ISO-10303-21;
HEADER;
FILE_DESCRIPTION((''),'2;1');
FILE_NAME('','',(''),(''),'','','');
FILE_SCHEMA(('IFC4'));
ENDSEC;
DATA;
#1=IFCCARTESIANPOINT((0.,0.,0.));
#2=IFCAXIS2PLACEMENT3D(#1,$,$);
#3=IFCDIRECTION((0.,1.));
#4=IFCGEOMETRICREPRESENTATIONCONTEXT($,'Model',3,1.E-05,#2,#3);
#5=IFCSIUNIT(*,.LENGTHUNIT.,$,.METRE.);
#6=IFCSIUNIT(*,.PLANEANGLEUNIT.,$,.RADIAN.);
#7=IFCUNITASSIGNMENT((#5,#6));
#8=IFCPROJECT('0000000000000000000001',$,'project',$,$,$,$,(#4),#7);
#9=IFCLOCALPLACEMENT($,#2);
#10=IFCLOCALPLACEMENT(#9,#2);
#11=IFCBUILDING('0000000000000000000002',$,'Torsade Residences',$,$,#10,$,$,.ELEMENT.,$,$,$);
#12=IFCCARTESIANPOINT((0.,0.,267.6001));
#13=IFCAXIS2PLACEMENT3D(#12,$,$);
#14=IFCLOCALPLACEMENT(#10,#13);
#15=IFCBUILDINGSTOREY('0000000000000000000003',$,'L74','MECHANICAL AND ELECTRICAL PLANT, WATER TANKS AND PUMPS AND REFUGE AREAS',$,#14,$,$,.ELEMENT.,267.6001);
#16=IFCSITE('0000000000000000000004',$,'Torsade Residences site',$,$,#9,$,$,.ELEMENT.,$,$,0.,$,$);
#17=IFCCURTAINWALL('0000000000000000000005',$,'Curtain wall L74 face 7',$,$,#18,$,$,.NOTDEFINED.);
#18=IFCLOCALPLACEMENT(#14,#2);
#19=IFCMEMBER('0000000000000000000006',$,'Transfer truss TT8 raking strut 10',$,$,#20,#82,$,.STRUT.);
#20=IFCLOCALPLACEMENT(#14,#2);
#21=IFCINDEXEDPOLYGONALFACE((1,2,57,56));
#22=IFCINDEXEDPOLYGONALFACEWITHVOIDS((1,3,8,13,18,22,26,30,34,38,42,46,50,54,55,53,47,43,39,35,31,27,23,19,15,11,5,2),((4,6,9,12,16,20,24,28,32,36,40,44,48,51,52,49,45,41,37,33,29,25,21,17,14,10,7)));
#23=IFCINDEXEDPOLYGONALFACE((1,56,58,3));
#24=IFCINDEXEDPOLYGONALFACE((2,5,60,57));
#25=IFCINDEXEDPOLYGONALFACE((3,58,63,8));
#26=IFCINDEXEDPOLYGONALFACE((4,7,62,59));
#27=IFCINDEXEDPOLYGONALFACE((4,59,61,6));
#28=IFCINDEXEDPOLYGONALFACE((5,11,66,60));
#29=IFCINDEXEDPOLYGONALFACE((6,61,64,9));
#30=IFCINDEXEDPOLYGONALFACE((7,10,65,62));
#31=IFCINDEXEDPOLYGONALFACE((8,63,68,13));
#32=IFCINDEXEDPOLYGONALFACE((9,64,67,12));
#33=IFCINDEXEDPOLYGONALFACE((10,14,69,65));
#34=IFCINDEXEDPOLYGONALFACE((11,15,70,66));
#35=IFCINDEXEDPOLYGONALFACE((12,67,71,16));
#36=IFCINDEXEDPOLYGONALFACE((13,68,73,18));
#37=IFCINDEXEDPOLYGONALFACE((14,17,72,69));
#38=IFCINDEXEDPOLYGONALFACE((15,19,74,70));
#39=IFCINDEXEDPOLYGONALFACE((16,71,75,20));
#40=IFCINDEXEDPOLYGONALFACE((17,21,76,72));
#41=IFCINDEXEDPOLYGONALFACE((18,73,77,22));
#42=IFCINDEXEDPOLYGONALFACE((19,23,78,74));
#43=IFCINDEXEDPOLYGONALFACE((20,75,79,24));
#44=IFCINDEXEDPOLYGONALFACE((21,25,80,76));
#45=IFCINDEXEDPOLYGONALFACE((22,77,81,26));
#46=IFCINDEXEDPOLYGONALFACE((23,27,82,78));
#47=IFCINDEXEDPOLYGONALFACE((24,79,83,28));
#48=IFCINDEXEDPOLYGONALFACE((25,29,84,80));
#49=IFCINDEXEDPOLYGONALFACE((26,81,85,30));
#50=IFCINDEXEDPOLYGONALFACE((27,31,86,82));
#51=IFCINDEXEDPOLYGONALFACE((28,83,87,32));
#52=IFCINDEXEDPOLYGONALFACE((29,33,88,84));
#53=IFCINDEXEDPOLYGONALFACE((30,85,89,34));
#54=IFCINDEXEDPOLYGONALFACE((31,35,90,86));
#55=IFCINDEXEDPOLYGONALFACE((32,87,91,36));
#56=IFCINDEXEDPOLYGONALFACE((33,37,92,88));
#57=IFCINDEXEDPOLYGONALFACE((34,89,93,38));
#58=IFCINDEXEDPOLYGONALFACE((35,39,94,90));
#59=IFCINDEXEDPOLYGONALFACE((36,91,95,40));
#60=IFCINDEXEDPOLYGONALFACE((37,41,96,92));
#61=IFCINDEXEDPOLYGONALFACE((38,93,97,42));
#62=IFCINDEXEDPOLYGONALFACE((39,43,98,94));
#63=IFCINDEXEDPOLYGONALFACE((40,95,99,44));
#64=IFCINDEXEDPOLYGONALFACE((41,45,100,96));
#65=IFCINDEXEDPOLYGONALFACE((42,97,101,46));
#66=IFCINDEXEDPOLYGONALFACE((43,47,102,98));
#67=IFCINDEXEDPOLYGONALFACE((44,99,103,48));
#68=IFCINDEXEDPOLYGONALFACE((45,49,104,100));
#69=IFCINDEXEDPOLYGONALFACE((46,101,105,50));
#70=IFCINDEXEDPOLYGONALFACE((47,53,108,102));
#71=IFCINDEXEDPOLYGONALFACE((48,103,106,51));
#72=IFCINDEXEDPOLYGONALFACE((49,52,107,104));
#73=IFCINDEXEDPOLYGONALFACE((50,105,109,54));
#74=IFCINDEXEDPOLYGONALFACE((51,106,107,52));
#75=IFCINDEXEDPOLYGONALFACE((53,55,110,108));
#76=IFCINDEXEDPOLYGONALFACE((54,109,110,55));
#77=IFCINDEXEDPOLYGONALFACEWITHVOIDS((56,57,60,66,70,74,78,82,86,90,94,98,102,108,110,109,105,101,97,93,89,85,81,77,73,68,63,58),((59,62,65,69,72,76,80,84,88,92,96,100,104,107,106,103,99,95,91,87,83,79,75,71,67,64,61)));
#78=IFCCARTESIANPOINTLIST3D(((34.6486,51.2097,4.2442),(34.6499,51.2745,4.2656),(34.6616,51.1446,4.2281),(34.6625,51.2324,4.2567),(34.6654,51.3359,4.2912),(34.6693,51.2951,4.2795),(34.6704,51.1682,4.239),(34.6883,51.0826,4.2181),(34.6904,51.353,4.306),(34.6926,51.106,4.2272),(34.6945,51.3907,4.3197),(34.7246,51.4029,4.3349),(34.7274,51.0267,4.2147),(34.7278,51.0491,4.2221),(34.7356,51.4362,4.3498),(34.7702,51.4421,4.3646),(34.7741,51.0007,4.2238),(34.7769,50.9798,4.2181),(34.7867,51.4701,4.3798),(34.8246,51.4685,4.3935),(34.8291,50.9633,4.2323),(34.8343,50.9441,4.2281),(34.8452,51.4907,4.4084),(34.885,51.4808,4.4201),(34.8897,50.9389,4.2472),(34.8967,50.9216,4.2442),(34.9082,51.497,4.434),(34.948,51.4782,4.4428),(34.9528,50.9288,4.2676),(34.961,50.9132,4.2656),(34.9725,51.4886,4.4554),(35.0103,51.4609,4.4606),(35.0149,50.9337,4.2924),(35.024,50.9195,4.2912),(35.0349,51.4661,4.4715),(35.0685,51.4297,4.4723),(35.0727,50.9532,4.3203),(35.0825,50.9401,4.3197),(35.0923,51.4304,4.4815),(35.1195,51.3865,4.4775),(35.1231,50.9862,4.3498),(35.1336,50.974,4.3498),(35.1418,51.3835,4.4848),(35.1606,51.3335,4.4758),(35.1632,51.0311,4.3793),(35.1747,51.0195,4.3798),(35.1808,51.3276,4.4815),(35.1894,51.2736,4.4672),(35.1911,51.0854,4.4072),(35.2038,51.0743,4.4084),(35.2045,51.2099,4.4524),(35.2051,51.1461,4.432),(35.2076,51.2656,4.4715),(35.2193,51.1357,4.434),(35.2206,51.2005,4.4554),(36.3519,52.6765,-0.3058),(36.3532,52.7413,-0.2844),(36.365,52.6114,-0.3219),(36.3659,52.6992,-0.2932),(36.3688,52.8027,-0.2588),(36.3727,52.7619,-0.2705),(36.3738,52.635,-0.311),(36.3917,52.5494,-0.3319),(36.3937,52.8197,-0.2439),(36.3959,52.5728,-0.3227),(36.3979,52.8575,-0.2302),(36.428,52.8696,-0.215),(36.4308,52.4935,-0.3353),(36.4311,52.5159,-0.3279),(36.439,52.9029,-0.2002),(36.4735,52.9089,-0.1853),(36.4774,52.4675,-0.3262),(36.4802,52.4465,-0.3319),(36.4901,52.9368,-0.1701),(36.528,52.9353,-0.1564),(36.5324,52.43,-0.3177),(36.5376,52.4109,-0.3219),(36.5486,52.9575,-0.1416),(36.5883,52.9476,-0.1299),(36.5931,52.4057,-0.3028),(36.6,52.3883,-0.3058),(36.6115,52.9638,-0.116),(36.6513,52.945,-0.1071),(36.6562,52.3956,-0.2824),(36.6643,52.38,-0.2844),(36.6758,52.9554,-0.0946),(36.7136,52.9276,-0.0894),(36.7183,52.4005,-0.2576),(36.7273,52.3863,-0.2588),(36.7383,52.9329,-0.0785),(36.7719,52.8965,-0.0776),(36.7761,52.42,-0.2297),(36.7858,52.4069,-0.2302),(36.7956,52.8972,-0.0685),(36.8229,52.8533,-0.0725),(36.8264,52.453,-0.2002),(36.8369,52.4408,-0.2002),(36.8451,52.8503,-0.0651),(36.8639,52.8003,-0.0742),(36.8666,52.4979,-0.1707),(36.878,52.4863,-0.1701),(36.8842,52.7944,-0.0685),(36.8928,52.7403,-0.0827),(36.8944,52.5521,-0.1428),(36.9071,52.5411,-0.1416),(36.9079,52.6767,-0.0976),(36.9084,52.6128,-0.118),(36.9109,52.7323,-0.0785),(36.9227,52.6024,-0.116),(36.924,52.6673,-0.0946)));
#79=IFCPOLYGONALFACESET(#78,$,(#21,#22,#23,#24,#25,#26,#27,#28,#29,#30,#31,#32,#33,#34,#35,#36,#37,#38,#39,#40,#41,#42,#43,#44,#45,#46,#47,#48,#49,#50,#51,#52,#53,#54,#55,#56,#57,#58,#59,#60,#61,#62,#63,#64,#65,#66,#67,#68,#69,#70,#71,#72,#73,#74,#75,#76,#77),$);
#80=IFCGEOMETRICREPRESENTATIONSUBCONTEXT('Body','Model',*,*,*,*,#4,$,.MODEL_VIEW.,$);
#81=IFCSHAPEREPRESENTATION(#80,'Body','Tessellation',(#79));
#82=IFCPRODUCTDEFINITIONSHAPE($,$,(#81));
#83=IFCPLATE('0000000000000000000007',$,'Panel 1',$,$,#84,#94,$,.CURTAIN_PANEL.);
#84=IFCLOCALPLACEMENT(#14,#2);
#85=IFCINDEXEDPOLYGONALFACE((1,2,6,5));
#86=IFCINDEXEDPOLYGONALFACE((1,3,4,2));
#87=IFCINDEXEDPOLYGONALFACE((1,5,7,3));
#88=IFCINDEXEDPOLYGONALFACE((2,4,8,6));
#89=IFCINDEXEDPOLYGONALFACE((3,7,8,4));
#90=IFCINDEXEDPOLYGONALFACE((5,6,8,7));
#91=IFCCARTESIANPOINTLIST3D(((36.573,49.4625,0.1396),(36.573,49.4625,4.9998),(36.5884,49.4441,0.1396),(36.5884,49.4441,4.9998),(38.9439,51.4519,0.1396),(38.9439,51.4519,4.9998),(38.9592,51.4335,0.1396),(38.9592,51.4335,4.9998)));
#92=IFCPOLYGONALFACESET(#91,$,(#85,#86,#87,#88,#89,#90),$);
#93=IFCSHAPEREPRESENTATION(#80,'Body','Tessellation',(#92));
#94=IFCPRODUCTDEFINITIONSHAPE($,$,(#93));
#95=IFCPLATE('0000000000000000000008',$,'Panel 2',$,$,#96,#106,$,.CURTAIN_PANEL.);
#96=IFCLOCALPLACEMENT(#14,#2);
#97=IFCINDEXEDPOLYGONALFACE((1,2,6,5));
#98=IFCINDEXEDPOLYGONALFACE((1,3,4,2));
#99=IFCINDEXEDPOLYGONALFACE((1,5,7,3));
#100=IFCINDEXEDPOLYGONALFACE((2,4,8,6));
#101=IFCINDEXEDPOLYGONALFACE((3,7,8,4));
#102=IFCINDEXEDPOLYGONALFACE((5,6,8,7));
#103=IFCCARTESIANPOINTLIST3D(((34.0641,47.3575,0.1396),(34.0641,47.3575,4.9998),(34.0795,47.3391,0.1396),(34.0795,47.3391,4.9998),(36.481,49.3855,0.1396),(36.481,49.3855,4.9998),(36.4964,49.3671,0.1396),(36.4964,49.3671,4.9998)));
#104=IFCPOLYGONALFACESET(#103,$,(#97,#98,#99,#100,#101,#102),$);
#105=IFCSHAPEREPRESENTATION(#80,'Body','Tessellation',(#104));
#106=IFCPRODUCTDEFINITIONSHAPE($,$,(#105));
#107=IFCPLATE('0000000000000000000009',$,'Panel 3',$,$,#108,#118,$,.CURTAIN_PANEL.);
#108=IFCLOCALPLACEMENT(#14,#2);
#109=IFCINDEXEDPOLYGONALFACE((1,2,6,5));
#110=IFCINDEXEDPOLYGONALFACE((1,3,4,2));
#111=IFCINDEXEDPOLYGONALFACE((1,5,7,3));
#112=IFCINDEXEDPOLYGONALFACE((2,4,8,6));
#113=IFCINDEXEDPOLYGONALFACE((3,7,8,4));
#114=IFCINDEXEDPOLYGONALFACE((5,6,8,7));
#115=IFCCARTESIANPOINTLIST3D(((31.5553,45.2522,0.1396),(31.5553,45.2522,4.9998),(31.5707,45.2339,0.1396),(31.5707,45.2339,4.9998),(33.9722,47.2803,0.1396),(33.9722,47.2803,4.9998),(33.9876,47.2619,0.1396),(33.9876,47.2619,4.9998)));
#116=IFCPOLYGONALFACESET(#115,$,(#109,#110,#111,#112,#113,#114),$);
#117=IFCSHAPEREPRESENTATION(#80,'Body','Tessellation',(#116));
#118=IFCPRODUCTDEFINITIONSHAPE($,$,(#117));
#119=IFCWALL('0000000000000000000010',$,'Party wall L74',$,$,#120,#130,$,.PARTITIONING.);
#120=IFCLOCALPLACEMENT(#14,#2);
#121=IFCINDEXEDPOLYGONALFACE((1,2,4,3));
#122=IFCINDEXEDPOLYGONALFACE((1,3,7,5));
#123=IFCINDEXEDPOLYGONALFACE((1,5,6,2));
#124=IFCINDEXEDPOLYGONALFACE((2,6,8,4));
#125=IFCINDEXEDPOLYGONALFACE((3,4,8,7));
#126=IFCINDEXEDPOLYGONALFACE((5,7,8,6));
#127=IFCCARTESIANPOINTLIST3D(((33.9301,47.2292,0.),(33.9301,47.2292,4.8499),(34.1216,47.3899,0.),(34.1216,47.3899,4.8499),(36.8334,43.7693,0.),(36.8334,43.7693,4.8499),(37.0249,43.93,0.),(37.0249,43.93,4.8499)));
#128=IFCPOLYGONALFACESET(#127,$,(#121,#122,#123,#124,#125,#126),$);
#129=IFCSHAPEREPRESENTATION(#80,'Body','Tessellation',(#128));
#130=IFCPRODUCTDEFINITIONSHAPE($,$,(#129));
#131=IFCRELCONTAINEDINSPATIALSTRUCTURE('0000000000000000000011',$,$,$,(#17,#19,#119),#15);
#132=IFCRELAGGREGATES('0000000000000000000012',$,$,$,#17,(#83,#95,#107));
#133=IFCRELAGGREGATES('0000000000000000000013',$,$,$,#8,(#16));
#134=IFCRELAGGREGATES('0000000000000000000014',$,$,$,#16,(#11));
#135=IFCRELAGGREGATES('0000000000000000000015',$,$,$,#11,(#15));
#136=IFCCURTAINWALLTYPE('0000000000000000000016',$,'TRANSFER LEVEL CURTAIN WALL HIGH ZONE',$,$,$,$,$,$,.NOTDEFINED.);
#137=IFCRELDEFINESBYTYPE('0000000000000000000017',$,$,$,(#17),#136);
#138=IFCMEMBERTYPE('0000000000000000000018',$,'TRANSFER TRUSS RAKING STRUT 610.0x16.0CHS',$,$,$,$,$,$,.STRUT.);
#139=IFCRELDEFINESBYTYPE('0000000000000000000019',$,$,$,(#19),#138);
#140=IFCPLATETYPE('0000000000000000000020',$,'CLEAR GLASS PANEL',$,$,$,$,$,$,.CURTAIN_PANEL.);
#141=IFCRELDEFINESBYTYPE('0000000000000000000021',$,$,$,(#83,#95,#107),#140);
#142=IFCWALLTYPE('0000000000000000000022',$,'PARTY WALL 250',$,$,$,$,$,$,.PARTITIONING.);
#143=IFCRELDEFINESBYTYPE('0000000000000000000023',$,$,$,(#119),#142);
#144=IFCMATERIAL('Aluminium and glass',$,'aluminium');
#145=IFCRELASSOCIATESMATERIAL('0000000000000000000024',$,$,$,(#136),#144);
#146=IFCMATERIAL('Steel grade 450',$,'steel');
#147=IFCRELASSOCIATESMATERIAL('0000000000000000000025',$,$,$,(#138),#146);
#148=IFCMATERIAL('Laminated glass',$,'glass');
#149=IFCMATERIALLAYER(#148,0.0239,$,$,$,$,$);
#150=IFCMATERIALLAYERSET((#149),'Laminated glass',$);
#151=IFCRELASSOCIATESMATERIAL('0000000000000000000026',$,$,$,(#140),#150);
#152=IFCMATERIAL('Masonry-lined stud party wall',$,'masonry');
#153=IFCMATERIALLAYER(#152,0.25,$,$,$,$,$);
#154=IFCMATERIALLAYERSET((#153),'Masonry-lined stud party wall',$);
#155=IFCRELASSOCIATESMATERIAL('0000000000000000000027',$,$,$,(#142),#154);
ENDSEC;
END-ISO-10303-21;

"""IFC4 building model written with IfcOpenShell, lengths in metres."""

from ifc_helpers import new_model, si_unit, direction, frame, frame_2d, origin, origin_2d, place, context, subcontext, project, spatial, rectangle, hollow_circle, extrude, material, layer, layer_set, material_profile, profile_set, type_object, element, aggregate, save


model = new_model("IFC4")

# Units and contexts
model_context = context("Model", 3, precision=1e-05, world=origin(), true_north=direction((0.0, 1.0)))
body_context = subcontext(model_context, "Body", "Model", "MODEL_VIEW")
ifc_project = project(units=[si_unit("LENGTHUNIT", "METRE"), si_unit("PLANEANGLEUNIT", "RADIAN")], contexts=[model_context])

# Site, building, storey
site_placement = place(None, origin())
site = spatial("IfcSite", under=ifc_project, at=site_placement, Name="Torsade Residences site", CompositionType="ELEMENT", RefElevation=0.0)
building_placement = place(site_placement, origin())
building = spatial("IfcBuilding", under=site, at=building_placement, Name="Torsade Residences", CompositionType="ELEMENT")
storey_placement = place(building_placement, frame((0.0, 0.0, 267.6001)))
storey = spatial("IfcBuildingStorey", under=building, at=storey_placement, Name="L74", Description="MECHANICAL AND ELECTRICAL PLANT, WATER TANKS AND PUMPS AND REFUGE AREAS", CompositionType="ELEMENT", Elevation=267.6001)

# Shared definitions
ifc_material_1 = material(Name="Aluminium and glass", Category="aluminium")
curtain_wall_type = type_object("IfcCurtainWallType", Name="TRANSFER LEVEL CURTAIN WALL HIGH ZONE", PredefinedType="NOTDEFINED", material=ifc_material_1)

# Curtain wall
curtain_wall_1_placement = place(storey_placement, origin())
curtain_wall_1 = element("IfcCurtainWall", 1, at=curtain_wall_1_placement, inside=storey, type_object=curtain_wall_type, Name="Curtain wall L74 face 7", PredefinedType="NOTDEFINED")

# Member
ifc_material_2 = material(Name="Steel grade 450", Category="steel")
ifc_material_profile_1 = material_profile(ifc_material_2, hollow_circle(Radius=0.3049, WallThickness=0.0161, at=origin_2d()), Name="610.0x16.0CHS")
ifc_profile_set_1 = profile_set([ifc_material_profile_1], Name="Steel grade 450")
member_type_1 = type_object("IfcMemberType", Name="TRANSFER TRUSS RAKING STRUT 610.0x16.0CHS", PredefinedType="STRUT", material=ifc_profile_set_1)
member_1_placement = place(storey_placement, frame((36.6379, 52.6719, -0.2002), z_axis=(-0.335637, -0.289022, 0.896556), x_axis=(0.652525, -0.757767, 0.0)))
element("IfcMember", 2, at=member_1_placement, inside=storey, type_object=member_type_1, Name="Transfer truss TT8 raking strut 10", PredefinedType="STRUT", context=body_context, shape_type="SweptSolid", body=[
    extrude(hollow_circle(Radius=0.3049, WallThickness=0.0161, at=origin_2d()), origin(), (0.0, 0.0, 1.0), 5.075),
])

# Plates
ifc_material_3 = material(Name="Laminated glass", Category="glass")
ifc_layer_1 = layer(ifc_material_3, 0.0239)
ifc_layer_set_1 = layer_set([ifc_layer_1], Name="Laminated glass")
plate_type = type_object("IfcPlateType", Name="CLEAR GLASS PANEL", PredefinedType="CURTAIN_PANEL", material=ifc_layer_set_1)
plate_1_placement = place(storey_placement, frame((37.7661, 50.448, 0.1396), z_axis=(0.0, 0.0, 1.0), x_axis=(-0.766044, -0.642788, 0.0)))
plate_1 = element("IfcPlate", 3, at=plate_1_placement, type_object=plate_type, Name="Panel 1", PredefinedType="CURTAIN_PANEL", context=body_context, shape_type="SweptSolid", body=[
    extrude(rectangle(XDim=3.095, YDim=0.0239, at=origin_2d()), origin(), (0.0, 0.0, 1.0), 4.8601),
])
plate_2_placement = place(storey_placement, frame((35.2803, 48.3623, 0.1396), z_axis=(0.0, 0.0, 1.0), x_axis=(-0.766044, -0.642788, 0.0)))
plate_2 = element("IfcPlate", 4, at=plate_2_placement, type_object=plate_type, Name="Panel 2", PredefinedType="CURTAIN_PANEL", context=body_context, shape_type="SweptSolid", body=[
    extrude(rectangle(XDim=3.155, YDim=0.0239, at=origin_2d()), origin(), (0.0, 0.0, 1.0), 4.8601),
])
plate_3_placement = place(storey_placement, frame((32.7715, 46.2571, 0.1396), z_axis=(0.0, 0.0, 1.0), x_axis=(-0.766044, -0.642788, 0.0)))
plate_3 = element("IfcPlate", 5, at=plate_3_placement, type_object=plate_type, Name="Panel 3", PredefinedType="CURTAIN_PANEL", context=body_context, shape_type="SweptSolid", body=[
    extrude(rectangle(XDim=3.155, YDim=0.0239, at=origin_2d()), origin(), (0.0, 0.0, 1.0), 4.8601),
])
aggregate(curtain_wall_1, [plate_1, plate_2, plate_3])

# Wall
ifc_material_4 = material(Name="Masonry-lined stud party wall", Category="masonry")
ifc_layer_2 = layer(ifc_material_4, 0.25)
ifc_layer_set_2 = layer_set([ifc_layer_2], Name="Masonry-lined stud party wall")
wall_type = type_object("IfcWallType", Name="PARTY WALL 250", PredefinedType="PARTITIONING", material=ifc_layer_set_2)
wall_placement = place(storey_placement, frame((34.0259, 47.3096, 0.0), z_axis=(0.0, 0.0, 1.0), x_axis=(0.642796, -0.766037, 0.0)))
element("IfcWall", 6, at=wall_placement, inside=storey, type_object=wall_type, Name="Party wall L74", PredefinedType="PARTITIONING", context=body_context, shape_type="SweptSolid", body=[
    extrude(rectangle(XDim=4.5166, YDim=0.25, at=frame_2d((2.2583, 0.0))), origin(), (0.0, 0.0, 1.0), 4.8499),
])

save(model, "model.ifc")
